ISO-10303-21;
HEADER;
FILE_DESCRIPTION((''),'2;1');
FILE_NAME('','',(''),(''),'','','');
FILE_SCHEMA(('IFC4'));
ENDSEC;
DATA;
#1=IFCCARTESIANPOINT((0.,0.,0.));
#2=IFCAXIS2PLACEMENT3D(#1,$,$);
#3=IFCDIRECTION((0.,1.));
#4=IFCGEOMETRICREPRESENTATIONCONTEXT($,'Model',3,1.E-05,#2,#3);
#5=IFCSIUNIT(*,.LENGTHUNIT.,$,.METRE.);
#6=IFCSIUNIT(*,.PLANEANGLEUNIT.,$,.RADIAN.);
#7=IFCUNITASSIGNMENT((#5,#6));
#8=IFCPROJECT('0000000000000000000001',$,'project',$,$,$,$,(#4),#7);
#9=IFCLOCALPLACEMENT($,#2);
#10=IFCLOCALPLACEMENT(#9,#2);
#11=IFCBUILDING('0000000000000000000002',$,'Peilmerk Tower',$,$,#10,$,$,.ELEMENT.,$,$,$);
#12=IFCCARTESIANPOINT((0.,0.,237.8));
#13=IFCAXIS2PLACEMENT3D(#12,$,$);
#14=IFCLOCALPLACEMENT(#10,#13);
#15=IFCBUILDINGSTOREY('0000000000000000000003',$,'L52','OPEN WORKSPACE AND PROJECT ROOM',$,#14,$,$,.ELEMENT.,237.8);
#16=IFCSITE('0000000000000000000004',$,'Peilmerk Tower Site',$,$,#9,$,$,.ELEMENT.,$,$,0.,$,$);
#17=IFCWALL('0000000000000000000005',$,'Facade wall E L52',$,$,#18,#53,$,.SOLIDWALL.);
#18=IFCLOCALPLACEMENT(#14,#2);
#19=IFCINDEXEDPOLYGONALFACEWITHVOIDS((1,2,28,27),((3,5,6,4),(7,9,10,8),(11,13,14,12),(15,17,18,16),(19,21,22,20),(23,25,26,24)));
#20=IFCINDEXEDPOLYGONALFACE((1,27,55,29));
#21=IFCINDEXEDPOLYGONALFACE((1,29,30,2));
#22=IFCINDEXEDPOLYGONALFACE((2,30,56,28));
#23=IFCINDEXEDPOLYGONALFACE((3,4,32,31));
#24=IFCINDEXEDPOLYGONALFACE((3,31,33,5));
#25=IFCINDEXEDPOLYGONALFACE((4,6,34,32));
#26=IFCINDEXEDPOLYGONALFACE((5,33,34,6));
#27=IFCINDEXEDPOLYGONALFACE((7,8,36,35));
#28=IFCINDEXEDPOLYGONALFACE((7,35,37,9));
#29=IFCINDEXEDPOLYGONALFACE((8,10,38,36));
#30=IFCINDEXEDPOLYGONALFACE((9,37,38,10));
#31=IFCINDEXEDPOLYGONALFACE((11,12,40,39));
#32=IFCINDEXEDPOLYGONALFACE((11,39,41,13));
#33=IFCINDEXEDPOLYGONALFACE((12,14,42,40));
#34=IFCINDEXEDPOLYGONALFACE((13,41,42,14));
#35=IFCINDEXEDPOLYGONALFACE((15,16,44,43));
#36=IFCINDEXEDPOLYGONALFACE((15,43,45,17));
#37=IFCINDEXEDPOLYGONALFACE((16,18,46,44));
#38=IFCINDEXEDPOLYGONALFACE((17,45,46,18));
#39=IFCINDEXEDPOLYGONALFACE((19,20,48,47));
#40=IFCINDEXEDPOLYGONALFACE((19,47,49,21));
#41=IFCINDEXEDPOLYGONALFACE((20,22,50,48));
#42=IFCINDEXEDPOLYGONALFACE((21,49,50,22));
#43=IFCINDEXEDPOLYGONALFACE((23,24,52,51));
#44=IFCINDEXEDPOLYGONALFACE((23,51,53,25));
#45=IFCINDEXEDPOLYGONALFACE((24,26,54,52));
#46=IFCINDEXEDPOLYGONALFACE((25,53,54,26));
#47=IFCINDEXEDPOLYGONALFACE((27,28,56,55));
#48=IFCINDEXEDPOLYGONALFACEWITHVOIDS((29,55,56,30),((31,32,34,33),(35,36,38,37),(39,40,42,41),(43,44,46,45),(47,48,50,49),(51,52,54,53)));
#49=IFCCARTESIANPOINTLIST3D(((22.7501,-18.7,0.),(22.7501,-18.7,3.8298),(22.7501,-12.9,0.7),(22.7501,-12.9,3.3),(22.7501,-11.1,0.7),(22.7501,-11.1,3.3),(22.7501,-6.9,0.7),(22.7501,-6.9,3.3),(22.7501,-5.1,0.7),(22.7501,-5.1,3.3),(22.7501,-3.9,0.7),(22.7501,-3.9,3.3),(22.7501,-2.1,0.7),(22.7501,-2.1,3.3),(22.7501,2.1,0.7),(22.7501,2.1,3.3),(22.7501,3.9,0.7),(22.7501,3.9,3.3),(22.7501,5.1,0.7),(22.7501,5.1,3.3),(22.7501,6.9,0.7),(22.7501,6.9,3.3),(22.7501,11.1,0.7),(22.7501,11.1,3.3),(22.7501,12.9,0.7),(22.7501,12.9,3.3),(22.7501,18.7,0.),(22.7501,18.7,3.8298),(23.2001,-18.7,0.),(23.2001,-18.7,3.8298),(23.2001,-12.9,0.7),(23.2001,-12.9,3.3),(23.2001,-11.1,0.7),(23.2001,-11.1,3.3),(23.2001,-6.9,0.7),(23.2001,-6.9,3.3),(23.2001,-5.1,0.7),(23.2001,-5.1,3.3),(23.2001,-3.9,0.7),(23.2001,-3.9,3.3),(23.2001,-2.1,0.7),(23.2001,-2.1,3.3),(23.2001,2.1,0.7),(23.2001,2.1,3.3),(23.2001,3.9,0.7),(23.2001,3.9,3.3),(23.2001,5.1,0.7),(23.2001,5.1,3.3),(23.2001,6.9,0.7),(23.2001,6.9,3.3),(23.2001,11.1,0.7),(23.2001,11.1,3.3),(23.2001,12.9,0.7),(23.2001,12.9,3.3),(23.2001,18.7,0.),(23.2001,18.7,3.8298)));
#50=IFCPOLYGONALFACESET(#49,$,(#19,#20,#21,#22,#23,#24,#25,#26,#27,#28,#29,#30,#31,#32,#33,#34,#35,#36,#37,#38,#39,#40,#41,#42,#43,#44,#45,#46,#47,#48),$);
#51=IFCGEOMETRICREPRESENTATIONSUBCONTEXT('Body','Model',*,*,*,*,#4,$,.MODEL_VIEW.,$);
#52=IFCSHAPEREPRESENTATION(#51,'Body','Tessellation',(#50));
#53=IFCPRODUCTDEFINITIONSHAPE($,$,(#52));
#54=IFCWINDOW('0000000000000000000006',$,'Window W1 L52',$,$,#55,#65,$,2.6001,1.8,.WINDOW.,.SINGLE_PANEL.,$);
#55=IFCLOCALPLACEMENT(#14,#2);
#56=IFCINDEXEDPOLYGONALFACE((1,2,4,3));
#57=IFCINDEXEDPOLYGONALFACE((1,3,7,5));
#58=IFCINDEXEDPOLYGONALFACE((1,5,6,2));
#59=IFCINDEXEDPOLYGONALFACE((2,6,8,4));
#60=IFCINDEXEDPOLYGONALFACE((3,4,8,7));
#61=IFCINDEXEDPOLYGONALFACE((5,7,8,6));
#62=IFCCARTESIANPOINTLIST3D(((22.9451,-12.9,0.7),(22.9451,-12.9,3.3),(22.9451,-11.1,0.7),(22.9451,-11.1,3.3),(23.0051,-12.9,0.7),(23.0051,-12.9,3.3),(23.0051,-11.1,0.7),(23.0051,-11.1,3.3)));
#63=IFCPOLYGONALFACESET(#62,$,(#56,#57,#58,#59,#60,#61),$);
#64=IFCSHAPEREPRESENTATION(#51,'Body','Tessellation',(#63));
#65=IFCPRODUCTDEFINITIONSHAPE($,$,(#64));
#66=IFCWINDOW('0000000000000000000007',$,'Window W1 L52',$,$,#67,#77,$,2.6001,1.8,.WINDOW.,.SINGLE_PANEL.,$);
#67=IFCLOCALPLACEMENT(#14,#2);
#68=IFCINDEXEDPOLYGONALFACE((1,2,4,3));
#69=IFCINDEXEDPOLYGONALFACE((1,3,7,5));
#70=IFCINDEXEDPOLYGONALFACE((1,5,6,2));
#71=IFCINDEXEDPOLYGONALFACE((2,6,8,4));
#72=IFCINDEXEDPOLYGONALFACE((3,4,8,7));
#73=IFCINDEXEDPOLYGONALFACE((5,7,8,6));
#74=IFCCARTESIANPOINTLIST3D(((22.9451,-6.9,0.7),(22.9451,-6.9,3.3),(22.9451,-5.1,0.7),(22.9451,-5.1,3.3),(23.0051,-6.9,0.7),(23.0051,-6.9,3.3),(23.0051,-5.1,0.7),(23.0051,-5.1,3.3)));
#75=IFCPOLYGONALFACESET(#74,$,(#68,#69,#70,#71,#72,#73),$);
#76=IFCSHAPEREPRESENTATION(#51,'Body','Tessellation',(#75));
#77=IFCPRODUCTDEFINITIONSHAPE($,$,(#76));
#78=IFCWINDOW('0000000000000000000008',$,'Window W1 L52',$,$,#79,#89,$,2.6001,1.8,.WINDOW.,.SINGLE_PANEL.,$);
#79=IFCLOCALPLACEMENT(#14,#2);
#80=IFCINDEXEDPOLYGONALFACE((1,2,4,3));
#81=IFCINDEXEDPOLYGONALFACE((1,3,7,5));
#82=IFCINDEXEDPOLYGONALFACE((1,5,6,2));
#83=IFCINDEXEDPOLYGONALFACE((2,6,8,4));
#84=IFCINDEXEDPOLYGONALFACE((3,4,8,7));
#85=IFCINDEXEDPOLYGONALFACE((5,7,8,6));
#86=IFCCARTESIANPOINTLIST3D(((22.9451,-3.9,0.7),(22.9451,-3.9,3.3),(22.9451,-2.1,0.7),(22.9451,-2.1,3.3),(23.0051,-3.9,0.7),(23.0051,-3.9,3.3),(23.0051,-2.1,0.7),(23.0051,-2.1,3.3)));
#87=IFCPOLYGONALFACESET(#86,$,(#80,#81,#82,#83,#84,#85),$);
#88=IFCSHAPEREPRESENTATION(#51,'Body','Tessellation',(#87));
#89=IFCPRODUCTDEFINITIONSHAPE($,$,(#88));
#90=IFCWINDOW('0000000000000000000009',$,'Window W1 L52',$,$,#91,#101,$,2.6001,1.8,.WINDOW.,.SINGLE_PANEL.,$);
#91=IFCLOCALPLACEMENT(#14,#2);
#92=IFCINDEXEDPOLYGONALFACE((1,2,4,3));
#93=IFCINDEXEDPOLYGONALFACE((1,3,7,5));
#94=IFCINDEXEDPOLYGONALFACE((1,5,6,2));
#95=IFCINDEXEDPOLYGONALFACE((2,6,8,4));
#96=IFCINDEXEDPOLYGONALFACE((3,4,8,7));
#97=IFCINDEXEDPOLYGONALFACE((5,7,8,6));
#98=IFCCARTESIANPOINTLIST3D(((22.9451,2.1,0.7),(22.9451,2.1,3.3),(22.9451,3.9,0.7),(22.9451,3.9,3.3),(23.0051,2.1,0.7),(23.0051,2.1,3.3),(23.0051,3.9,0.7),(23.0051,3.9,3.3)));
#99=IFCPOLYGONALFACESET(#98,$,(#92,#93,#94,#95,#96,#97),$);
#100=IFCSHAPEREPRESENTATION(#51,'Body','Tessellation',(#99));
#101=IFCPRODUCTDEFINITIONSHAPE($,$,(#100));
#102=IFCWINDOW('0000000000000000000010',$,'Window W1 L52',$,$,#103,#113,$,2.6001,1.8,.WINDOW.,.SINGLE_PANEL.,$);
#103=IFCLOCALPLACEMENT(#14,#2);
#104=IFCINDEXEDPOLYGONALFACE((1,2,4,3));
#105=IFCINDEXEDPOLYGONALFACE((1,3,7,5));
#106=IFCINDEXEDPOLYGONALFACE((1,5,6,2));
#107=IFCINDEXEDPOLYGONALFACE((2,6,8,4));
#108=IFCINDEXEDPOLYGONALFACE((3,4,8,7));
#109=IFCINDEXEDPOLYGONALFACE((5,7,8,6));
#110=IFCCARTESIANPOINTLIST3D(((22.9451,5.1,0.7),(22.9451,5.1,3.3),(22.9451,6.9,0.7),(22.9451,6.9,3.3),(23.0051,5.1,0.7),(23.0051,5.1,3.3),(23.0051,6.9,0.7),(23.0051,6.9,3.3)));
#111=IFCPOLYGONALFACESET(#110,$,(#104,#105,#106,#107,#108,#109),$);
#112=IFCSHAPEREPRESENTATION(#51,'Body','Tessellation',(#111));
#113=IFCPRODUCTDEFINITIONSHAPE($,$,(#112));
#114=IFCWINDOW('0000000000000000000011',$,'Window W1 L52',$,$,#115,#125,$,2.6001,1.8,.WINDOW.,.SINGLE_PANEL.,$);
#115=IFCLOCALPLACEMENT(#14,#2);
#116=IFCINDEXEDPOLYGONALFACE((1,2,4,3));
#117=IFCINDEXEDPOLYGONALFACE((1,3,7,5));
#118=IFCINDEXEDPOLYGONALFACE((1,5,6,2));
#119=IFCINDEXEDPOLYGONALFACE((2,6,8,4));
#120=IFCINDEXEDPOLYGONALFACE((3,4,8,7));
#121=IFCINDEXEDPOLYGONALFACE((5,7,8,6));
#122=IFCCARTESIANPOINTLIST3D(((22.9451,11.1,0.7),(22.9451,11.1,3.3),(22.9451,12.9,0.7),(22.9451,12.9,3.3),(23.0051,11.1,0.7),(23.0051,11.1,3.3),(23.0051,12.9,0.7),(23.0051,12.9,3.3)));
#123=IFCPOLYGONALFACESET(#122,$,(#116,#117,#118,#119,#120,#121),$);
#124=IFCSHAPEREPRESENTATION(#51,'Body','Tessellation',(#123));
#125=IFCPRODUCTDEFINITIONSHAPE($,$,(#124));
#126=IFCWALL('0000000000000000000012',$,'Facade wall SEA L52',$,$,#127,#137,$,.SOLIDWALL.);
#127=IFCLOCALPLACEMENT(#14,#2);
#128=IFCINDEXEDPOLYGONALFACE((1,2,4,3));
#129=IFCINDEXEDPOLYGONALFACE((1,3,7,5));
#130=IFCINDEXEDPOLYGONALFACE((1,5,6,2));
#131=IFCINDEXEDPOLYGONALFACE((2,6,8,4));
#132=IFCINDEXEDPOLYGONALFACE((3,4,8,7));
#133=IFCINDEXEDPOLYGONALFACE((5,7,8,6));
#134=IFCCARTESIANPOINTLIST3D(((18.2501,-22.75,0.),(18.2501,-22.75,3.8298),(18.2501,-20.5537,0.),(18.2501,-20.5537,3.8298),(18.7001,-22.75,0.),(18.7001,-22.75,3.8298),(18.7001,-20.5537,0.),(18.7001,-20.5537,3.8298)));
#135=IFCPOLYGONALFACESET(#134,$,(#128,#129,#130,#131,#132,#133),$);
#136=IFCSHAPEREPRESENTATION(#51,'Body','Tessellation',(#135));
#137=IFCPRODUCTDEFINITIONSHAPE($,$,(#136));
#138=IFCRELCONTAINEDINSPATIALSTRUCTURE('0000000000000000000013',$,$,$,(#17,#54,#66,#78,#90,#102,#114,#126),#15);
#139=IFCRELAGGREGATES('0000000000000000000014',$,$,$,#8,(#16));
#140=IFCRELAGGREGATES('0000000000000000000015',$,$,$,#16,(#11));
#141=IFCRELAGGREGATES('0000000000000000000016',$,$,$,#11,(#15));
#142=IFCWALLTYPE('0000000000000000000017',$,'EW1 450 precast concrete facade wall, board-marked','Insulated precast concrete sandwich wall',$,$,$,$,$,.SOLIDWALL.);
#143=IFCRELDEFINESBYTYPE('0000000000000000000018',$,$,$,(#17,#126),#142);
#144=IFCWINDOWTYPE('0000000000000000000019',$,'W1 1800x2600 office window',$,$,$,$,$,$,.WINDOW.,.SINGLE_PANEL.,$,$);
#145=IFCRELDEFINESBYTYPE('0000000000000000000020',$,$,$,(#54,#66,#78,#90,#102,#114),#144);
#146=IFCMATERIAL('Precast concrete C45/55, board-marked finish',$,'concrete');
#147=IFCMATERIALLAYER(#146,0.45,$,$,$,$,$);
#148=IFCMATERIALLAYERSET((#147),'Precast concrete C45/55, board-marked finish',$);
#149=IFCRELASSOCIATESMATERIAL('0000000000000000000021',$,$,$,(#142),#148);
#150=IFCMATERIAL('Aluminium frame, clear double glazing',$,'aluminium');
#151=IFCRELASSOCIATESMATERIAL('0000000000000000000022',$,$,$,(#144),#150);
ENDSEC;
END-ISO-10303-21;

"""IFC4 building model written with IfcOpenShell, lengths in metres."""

from ifc_helpers import new_model, si_unit, direction, frame, frame_2d, origin, place, context, subcontext, project, spatial, rectangle, extrude, material, layer, layer_set, type_object, element, fill, save


model = new_model("IFC4")

# Units and contexts
model_context = context("Model", 3, precision=1e-05, world=origin(), true_north=direction((0.0, 1.0)))
body_context = subcontext(model_context, "Body", "Model", "MODEL_VIEW")
ifc_project = project(units=[si_unit("LENGTHUNIT", "METRE"), si_unit("PLANEANGLEUNIT", "RADIAN")], contexts=[model_context])

# Site, building, storey
site_placement = place(None, origin())
site = spatial("IfcSite", under=ifc_project, at=site_placement, Name="Peilmerk Tower Site", CompositionType="ELEMENT", RefElevation=0.0)
building_placement = place(site_placement, origin())
building = spatial("IfcBuilding", under=site, at=building_placement, Name="Peilmerk Tower", CompositionType="ELEMENT")
storey_placement = place(building_placement, frame((0.0, 0.0, 237.8)))
storey = spatial("IfcBuildingStorey", under=building, at=storey_placement, Name="L52", Description="OPEN WORKSPACE AND PROJECT ROOM", CompositionType="ELEMENT", Elevation=237.8)

# Wall, openings, windows
ifc_material_1 = material(Name="Precast concrete C45/55, board-marked finish", Category="concrete")
ifc_layer_1 = layer(ifc_material_1, 0.45)
ifc_layer_set_1 = layer_set([ifc_layer_1], Name="Precast concrete C45/55, board-marked finish")
wall_type = type_object("IfcWallType", Name="EW1 450 precast concrete facade wall, board-marked", Description="Insulated precast concrete sandwich wall", PredefinedType="SOLIDWALL", material=ifc_layer_set_1)
wall_1_placement = place(storey_placement, frame((22.9751, -18.7, 0.0), z_axis=(0.0, 0.0, 1.0), x_axis=(0.0, 1.0, 0.0)))
wall_1 = element("IfcWall", 1, at=wall_1_placement, inside=storey, type_object=wall_type, Name="Facade wall E L52", PredefinedType="SOLIDWALL", context=body_context, shape_type="SweptSolid", body=[
    extrude(rectangle(XDim=37.3999, YDim=0.45, at=frame_2d((18.7, 0.0))), origin(), (0.0, 0.0, 1.0), 3.8298),
])
opening_1_placement = place(wall_1_placement, frame((5.8, 0.0, 0.7)))
opening_1 = element("IfcOpeningElement", 2, at=opening_1_placement, cuts=wall_1, PredefinedType="OPENING", context=body_context, shape_type="SweptSolid", body=[
    extrude(rectangle(XDim=1.8, YDim=2.6001, at=frame_2d((0.8999, 1.3))), frame((0.0, 0.2349, 0.0), z_axis=(0.0, -1.0, 0.0), x_axis=(1.0, 0.0, 0.0)), (0.0, 0.0, 1.0), 0.47),
])
opening_2_placement = place(wall_1_placement, frame((11.8, 0.0, 0.7)))
opening_2 = element("IfcOpeningElement", 3, at=opening_2_placement, cuts=wall_1, PredefinedType="OPENING", context=body_context, shape_type="SweptSolid", body=[
    extrude(rectangle(XDim=1.8, YDim=2.6001, at=frame_2d((0.8999, 1.3))), frame((0.0, 0.2349, 0.0), z_axis=(0.0, -1.0, 0.0), x_axis=(1.0, 0.0, 0.0)), (0.0, 0.0, 1.0), 0.47),
])
opening_3_placement = place(wall_1_placement, frame((14.8, 0.0, 0.7)))
opening_3 = element("IfcOpeningElement", 4, at=opening_3_placement, cuts=wall_1, PredefinedType="OPENING", context=body_context, shape_type="SweptSolid", body=[
    extrude(rectangle(XDim=1.8, YDim=2.6001, at=frame_2d((0.8999, 1.3))), frame((0.0, 0.2349, 0.0), z_axis=(0.0, -1.0, 0.0), x_axis=(1.0, 0.0, 0.0)), (0.0, 0.0, 1.0), 0.47),
])
opening_4_placement = place(wall_1_placement, frame((20.8, 0.0, 0.7)))
opening_4 = element("IfcOpeningElement", 5, at=opening_4_placement, cuts=wall_1, PredefinedType="OPENING", context=body_context, shape_type="SweptSolid", body=[
    extrude(rectangle(XDim=1.8, YDim=2.6001, at=frame_2d((0.8999, 1.3))), frame((0.0, 0.2349, 0.0), z_axis=(0.0, -1.0, 0.0), x_axis=(1.0, 0.0, 0.0)), (0.0, 0.0, 1.0), 0.47),
])
opening_5_placement = place(wall_1_placement, frame((23.8, 0.0, 0.7)))
opening_5 = element("IfcOpeningElement", 6, at=opening_5_placement, cuts=wall_1, PredefinedType="OPENING", context=body_context, shape_type="SweptSolid", body=[
    extrude(rectangle(XDim=1.8, YDim=2.6001, at=frame_2d((0.8999, 1.3))), frame((0.0, 0.2349, 0.0), z_axis=(0.0, -1.0, 0.0), x_axis=(1.0, 0.0, 0.0)), (0.0, 0.0, 1.0), 0.47),
])
opening_6_placement = place(wall_1_placement, frame((29.8, 0.0, 0.7)))
opening_6 = element("IfcOpeningElement", 7, at=opening_6_placement, cuts=wall_1, PredefinedType="OPENING", context=body_context, shape_type="SweptSolid", body=[
    extrude(rectangle(XDim=1.8, YDim=2.6001, at=frame_2d((0.8999, 1.3))), frame((0.0, 0.2349, 0.0), z_axis=(0.0, -1.0, 0.0), x_axis=(1.0, 0.0, 0.0)), (0.0, 0.0, 1.0), 0.47),
])
ifc_material_2 = material(Name="Aluminium frame, clear double glazing", Category="aluminium")
window_type = type_object("IfcWindowType", Name="W1 1800x2600 office window", PartitioningType="SINGLE_PANEL", PredefinedType="WINDOW", material=ifc_material_2)
window_1_placement = place(opening_1_placement, origin())
window_1 = element("IfcWindow", 8, at=window_1_placement, inside=storey, type_object=window_type, Name="Window W1 L52", OverallHeight=2.6001, OverallWidth=1.8, PartitioningType="SINGLE_PANEL", PredefinedType="WINDOW", context=body_context, shape_type="SweptSolid", body=[
    extrude(rectangle(XDim=1.8, YDim=2.6001, at=frame_2d((0.8999, 1.3))), frame((0.0, 0.03, 0.0), z_axis=(0.0, -1.0, 0.0), x_axis=(1.0, 0.0, 0.0)), (0.0, 0.0, 1.0), 0.0601),
])
fill(opening_1, window_1)
window_2_placement = place(opening_2_placement, origin())
window_2 = element("IfcWindow", 9, at=window_2_placement, inside=storey, type_object=window_type, Name="Window W1 L52", OverallHeight=2.6001, OverallWidth=1.8, PartitioningType="SINGLE_PANEL", PredefinedType="WINDOW", context=body_context, shape_type="SweptSolid", body=[
    extrude(rectangle(XDim=1.8, YDim=2.6001, at=frame_2d((0.8999, 1.3))), frame((0.0, 0.03, 0.0), z_axis=(0.0, -1.0, 0.0), x_axis=(1.0, 0.0, 0.0)), (0.0, 0.0, 1.0), 0.0601),
])
fill(opening_2, window_2)
window_3_placement = place(opening_3_placement, origin())
window_3 = element("IfcWindow", 10, at=window_3_placement, inside=storey, type_object=window_type, Name="Window W1 L52", OverallHeight=2.6001, OverallWidth=1.8, PartitioningType="SINGLE_PANEL", PredefinedType="WINDOW", context=body_context, shape_type="SweptSolid", body=[
    extrude(rectangle(XDim=1.8, YDim=2.6001, at=frame_2d((0.8999, 1.3))), frame((0.0, 0.03, 0.0), z_axis=(0.0, -1.0, 0.0), x_axis=(1.0, 0.0, 0.0)), (0.0, 0.0, 1.0), 0.0601),
])
fill(opening_3, window_3)
window_4_placement = place(opening_4_placement, origin())
window_4 = element("IfcWindow", 11, at=window_4_placement, inside=storey, type_object=window_type, Name="Window W1 L52", OverallHeight=2.6001, OverallWidth=1.8, PartitioningType="SINGLE_PANEL", PredefinedType="WINDOW", context=body_context, shape_type="SweptSolid", body=[
    extrude(rectangle(XDim=1.8, YDim=2.6001, at=frame_2d((0.8999, 1.3))), frame((0.0, 0.03, 0.0), z_axis=(0.0, -1.0, 0.0), x_axis=(1.0, 0.0, 0.0)), (0.0, 0.0, 1.0), 0.0601),
])
fill(opening_4, window_4)
window_5_placement = place(opening_5_placement, origin())
window_5 = element("IfcWindow", 12, at=window_5_placement, inside=storey, type_object=window_type, Name="Window W1 L52", OverallHeight=2.6001, OverallWidth=1.8, PartitioningType="SINGLE_PANEL", PredefinedType="WINDOW", context=body_context, shape_type="SweptSolid", body=[
    extrude(rectangle(XDim=1.8, YDim=2.6001, at=frame_2d((0.8999, 1.3))), frame((0.0, 0.03, 0.0), z_axis=(0.0, -1.0, 0.0), x_axis=(1.0, 0.0, 0.0)), (0.0, 0.0, 1.0), 0.0601),
])
fill(opening_5, window_5)
window_6_placement = place(opening_6_placement, origin())
window_6 = element("IfcWindow", 13, at=window_6_placement, inside=storey, type_object=window_type, Name="Window W1 L52", OverallHeight=2.6001, OverallWidth=1.8, PartitioningType="SINGLE_PANEL", PredefinedType="WINDOW", context=body_context, shape_type="SweptSolid", body=[
    extrude(rectangle(XDim=1.8, YDim=2.6001, at=frame_2d((0.8999, 1.3))), frame((0.0, 0.03, 0.0), z_axis=(0.0, -1.0, 0.0), x_axis=(1.0, 0.0, 0.0)), (0.0, 0.0, 1.0), 0.0601),
])
fill(opening_6, window_6)

# Wall
wall_2_placement = place(storey_placement, frame((18.4751, -20.5537, 0.0), z_axis=(0.0, 0.0, 1.0), x_axis=(0.0, -1.0, 0.0)))
element("IfcWall", 14, at=wall_2_placement, inside=storey, type_object=wall_type, Name="Facade wall SEA L52", PredefinedType="SOLIDWALL", context=body_context, shape_type="SweptSolid", body=[
    extrude(rectangle(XDim=2.1963, YDim=0.45, at=frame_2d((1.0981, 0.0))), origin(), (0.0, 0.0, 1.0), 3.8298),
])

save(model, "model.ifc")
